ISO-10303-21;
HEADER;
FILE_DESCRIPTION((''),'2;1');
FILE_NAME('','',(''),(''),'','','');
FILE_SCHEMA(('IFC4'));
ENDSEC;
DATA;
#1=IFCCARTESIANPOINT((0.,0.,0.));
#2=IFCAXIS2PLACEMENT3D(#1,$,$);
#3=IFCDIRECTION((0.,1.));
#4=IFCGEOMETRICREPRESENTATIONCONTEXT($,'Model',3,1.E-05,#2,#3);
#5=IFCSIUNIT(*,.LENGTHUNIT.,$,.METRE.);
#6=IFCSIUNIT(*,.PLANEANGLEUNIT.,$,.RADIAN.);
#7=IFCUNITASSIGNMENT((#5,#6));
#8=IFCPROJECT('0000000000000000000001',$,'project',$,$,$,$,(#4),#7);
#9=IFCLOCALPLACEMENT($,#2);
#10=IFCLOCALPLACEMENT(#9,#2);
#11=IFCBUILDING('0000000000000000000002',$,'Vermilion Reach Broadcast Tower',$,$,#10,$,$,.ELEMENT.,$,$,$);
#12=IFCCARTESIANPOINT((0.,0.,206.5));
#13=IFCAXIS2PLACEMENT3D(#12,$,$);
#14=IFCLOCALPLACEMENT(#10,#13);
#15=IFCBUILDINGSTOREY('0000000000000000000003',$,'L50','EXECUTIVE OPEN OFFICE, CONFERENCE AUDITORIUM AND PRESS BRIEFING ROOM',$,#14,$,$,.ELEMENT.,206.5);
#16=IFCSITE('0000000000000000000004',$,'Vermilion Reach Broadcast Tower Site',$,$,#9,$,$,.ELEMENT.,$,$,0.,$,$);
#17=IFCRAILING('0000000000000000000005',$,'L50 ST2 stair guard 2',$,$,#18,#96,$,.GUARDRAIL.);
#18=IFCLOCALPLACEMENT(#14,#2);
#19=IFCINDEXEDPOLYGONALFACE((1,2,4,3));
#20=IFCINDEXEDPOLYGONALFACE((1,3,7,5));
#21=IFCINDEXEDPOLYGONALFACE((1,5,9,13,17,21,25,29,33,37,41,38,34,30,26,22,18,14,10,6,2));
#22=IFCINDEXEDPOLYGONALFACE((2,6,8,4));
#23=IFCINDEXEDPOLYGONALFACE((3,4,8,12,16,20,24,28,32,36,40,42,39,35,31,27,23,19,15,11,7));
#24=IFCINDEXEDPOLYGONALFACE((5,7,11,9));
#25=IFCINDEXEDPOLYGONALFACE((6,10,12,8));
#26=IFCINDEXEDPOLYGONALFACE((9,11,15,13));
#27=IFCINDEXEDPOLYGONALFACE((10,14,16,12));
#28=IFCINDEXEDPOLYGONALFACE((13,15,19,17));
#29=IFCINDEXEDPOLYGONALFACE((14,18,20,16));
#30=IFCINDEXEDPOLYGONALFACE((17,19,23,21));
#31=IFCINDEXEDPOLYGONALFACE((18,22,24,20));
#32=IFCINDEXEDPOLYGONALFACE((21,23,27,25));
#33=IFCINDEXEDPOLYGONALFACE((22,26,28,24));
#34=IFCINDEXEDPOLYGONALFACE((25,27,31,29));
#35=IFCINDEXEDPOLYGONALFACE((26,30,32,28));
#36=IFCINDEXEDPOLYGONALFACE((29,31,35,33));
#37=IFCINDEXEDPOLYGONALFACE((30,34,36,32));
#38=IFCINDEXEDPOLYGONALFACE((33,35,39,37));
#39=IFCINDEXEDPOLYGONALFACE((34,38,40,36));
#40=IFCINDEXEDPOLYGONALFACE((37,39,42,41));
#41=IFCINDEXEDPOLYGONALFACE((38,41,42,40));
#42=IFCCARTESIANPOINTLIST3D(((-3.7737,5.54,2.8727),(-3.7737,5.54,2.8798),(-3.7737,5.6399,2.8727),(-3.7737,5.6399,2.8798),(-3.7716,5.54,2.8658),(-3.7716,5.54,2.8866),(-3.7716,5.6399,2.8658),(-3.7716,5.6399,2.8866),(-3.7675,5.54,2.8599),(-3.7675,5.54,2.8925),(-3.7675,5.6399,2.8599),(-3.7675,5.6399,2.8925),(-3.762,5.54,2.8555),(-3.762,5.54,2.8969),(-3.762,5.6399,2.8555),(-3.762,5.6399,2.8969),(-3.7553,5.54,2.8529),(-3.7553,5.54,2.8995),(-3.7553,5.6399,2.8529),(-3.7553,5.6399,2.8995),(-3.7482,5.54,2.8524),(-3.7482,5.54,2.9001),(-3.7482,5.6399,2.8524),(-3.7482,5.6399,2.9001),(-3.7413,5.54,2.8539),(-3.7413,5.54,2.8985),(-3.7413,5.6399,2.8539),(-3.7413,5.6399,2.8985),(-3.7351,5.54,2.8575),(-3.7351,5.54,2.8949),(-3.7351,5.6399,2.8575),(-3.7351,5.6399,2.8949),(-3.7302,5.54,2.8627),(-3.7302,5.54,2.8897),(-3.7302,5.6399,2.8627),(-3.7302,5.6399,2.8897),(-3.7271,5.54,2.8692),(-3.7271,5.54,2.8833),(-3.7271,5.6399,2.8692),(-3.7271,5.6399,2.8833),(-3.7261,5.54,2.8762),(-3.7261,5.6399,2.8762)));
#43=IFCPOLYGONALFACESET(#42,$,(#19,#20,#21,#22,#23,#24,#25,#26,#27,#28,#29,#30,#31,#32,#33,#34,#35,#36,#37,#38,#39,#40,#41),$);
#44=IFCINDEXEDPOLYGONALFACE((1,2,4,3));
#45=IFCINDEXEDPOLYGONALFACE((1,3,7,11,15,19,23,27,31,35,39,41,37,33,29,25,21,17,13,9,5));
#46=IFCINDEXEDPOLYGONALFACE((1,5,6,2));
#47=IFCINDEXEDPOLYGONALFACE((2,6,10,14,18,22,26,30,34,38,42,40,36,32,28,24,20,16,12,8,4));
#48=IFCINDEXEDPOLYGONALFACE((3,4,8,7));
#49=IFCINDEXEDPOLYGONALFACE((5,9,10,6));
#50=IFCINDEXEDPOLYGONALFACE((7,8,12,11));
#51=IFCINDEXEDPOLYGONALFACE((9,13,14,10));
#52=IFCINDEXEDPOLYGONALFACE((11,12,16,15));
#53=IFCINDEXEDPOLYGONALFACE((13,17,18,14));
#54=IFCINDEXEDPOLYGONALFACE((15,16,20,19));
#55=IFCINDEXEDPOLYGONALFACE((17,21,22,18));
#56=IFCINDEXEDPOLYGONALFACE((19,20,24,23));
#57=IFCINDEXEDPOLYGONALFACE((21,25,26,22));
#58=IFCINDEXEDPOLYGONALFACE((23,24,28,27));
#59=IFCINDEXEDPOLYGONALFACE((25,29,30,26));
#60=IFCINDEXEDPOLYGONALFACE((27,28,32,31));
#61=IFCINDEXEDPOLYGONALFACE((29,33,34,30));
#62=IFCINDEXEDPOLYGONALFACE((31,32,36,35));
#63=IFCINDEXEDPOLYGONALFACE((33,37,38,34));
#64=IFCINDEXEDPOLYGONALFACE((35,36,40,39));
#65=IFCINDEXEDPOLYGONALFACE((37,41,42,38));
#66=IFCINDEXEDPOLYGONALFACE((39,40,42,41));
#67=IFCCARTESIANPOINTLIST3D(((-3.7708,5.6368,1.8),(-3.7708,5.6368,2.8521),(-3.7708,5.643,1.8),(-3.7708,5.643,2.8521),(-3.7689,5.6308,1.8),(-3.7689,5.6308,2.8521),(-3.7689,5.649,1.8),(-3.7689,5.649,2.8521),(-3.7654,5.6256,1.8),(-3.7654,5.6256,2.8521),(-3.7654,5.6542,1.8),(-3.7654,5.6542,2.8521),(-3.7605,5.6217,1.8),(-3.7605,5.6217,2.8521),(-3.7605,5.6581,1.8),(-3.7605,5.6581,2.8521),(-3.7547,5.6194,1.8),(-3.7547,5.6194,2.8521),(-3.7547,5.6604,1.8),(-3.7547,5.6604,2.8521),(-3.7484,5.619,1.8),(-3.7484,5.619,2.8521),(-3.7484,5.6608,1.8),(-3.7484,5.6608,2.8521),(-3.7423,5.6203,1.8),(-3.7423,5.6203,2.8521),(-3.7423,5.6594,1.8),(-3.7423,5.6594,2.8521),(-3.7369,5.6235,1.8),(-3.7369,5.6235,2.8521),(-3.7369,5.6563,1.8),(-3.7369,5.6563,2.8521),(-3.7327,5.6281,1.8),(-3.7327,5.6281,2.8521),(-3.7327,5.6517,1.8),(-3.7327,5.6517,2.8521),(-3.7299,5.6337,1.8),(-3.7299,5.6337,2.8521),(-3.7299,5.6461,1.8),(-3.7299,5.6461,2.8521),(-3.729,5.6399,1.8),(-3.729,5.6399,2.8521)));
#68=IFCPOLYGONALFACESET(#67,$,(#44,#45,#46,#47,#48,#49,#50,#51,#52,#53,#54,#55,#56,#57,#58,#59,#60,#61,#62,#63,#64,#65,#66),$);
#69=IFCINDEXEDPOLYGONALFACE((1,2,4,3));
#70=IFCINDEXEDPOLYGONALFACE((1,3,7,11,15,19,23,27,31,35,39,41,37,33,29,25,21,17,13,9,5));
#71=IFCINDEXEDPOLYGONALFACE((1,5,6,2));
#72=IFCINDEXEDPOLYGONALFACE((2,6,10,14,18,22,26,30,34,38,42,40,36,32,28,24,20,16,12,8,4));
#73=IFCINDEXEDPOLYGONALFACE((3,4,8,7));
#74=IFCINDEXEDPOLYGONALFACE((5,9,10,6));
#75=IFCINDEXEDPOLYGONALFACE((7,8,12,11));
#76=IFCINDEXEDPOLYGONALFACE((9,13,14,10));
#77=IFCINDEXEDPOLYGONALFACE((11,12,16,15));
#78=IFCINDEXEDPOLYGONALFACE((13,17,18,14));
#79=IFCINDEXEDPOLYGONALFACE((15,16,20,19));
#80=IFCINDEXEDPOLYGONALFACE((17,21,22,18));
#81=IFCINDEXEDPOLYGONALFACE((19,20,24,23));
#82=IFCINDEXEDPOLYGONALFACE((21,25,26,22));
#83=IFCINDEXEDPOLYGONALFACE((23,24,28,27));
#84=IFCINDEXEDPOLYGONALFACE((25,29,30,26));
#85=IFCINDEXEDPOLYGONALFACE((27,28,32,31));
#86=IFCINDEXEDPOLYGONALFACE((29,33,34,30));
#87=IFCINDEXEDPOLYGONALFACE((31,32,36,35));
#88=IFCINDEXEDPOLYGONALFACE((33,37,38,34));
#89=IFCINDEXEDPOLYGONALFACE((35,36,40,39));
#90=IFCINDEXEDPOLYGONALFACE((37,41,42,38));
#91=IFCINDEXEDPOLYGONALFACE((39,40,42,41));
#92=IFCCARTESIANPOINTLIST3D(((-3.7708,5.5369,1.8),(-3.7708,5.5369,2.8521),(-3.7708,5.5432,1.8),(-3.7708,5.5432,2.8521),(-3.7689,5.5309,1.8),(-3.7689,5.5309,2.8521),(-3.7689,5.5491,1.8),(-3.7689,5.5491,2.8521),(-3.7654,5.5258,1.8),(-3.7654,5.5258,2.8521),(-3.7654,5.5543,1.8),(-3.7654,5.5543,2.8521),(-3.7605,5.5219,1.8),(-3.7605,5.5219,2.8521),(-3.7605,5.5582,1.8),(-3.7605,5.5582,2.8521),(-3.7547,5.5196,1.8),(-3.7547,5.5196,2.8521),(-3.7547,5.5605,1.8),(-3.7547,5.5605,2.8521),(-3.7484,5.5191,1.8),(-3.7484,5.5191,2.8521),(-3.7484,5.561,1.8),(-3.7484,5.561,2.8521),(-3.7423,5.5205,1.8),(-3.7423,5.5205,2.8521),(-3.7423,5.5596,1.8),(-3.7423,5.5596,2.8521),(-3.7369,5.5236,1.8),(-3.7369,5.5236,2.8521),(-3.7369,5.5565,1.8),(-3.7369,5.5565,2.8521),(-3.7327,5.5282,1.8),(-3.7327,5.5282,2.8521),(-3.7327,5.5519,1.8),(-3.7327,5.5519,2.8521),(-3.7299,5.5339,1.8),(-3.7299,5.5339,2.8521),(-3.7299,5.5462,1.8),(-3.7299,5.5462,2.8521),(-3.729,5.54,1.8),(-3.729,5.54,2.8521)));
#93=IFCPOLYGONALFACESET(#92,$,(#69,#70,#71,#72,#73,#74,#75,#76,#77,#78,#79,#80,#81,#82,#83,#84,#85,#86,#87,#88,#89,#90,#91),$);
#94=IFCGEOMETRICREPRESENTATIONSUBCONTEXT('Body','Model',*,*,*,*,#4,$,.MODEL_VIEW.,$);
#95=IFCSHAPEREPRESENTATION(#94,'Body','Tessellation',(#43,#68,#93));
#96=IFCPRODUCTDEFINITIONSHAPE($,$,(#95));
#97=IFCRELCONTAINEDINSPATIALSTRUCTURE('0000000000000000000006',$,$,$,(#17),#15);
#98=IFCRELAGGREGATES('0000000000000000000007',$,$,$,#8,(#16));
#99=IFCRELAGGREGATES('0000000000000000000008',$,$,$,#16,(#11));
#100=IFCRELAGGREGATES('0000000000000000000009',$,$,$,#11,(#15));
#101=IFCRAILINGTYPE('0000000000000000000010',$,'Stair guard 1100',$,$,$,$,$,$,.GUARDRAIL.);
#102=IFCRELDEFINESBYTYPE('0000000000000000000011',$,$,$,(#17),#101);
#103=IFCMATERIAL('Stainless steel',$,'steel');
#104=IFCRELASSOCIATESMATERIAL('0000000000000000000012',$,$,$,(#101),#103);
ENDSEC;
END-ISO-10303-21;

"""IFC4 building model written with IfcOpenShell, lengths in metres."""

from ifc_helpers import new_model, si_unit, direction, frame, origin, origin_2d, place, context, subcontext, project, spatial, circle, extrude, material, type_object, element, save


model = new_model("IFC4")

# Units and contexts
model_context = context("Model", 3, precision=1e-05, world=origin(), true_north=direction((0.0, 1.0)))
body_context = subcontext(model_context, "Body", "Model", "MODEL_VIEW")
ifc_project = project(units=[si_unit("LENGTHUNIT", "METRE"), si_unit("PLANEANGLEUNIT", "RADIAN")], contexts=[model_context])

# Site, building, storey
site_placement = place(None, origin())
site = spatial("IfcSite", under=ifc_project, at=site_placement, Name="Vermilion Reach Broadcast Tower Site", CompositionType="ELEMENT", RefElevation=0.0)
building_placement = place(site_placement, origin())
building = spatial("IfcBuilding", under=site, at=building_placement, Name="Vermilion Reach Broadcast Tower", CompositionType="ELEMENT")
storey_placement = place(building_placement, frame((0.0, 0.0, 206.5)))
storey = spatial("IfcBuildingStorey", under=building, at=storey_placement, Name="L50", Description="EXECUTIVE OPEN OFFICE, CONFERENCE AUDITORIUM AND PRESS BRIEFING ROOM", CompositionType="ELEMENT", Elevation=206.5)

# Railing
ifc_material_1 = material(Name="Stainless steel", Category="steel")
railing_type_1 = type_object("IfcRailingType", Name="Stair guard 1100", PredefinedType="GUARDRAIL", material=ifc_material_1)
railing_1_placement = place(storey_placement, frame((-3.75, 5.6399, 1.8)))
element("IfcRailing", 1, at=railing_1_placement, inside=storey, type_object=railing_type_1, Name="L50 ST2 stair guard 2", PredefinedType="GUARDRAIL", context=body_context, shape_type="SweptSolid", body=[
    extrude(circle(Radius=0.0239, at=origin_2d()), frame((0.0, 0.0, 1.0762), z_axis=(0.0, -1.0, 0.0), x_axis=(1.0, 0.0, 0.0)), (0.0, 0.0, 1.0), 0.0999),
    extrude(circle(Radius=0.021, at=origin_2d()), origin(), (0.0, 0.0, 1.0), 1.052),
    extrude(circle(Radius=0.021, at=origin_2d()), frame((0.0, -0.0999, 0.0)), (0.0, 0.0, 1.0), 1.052),
])

save(model, "model.ifc")
